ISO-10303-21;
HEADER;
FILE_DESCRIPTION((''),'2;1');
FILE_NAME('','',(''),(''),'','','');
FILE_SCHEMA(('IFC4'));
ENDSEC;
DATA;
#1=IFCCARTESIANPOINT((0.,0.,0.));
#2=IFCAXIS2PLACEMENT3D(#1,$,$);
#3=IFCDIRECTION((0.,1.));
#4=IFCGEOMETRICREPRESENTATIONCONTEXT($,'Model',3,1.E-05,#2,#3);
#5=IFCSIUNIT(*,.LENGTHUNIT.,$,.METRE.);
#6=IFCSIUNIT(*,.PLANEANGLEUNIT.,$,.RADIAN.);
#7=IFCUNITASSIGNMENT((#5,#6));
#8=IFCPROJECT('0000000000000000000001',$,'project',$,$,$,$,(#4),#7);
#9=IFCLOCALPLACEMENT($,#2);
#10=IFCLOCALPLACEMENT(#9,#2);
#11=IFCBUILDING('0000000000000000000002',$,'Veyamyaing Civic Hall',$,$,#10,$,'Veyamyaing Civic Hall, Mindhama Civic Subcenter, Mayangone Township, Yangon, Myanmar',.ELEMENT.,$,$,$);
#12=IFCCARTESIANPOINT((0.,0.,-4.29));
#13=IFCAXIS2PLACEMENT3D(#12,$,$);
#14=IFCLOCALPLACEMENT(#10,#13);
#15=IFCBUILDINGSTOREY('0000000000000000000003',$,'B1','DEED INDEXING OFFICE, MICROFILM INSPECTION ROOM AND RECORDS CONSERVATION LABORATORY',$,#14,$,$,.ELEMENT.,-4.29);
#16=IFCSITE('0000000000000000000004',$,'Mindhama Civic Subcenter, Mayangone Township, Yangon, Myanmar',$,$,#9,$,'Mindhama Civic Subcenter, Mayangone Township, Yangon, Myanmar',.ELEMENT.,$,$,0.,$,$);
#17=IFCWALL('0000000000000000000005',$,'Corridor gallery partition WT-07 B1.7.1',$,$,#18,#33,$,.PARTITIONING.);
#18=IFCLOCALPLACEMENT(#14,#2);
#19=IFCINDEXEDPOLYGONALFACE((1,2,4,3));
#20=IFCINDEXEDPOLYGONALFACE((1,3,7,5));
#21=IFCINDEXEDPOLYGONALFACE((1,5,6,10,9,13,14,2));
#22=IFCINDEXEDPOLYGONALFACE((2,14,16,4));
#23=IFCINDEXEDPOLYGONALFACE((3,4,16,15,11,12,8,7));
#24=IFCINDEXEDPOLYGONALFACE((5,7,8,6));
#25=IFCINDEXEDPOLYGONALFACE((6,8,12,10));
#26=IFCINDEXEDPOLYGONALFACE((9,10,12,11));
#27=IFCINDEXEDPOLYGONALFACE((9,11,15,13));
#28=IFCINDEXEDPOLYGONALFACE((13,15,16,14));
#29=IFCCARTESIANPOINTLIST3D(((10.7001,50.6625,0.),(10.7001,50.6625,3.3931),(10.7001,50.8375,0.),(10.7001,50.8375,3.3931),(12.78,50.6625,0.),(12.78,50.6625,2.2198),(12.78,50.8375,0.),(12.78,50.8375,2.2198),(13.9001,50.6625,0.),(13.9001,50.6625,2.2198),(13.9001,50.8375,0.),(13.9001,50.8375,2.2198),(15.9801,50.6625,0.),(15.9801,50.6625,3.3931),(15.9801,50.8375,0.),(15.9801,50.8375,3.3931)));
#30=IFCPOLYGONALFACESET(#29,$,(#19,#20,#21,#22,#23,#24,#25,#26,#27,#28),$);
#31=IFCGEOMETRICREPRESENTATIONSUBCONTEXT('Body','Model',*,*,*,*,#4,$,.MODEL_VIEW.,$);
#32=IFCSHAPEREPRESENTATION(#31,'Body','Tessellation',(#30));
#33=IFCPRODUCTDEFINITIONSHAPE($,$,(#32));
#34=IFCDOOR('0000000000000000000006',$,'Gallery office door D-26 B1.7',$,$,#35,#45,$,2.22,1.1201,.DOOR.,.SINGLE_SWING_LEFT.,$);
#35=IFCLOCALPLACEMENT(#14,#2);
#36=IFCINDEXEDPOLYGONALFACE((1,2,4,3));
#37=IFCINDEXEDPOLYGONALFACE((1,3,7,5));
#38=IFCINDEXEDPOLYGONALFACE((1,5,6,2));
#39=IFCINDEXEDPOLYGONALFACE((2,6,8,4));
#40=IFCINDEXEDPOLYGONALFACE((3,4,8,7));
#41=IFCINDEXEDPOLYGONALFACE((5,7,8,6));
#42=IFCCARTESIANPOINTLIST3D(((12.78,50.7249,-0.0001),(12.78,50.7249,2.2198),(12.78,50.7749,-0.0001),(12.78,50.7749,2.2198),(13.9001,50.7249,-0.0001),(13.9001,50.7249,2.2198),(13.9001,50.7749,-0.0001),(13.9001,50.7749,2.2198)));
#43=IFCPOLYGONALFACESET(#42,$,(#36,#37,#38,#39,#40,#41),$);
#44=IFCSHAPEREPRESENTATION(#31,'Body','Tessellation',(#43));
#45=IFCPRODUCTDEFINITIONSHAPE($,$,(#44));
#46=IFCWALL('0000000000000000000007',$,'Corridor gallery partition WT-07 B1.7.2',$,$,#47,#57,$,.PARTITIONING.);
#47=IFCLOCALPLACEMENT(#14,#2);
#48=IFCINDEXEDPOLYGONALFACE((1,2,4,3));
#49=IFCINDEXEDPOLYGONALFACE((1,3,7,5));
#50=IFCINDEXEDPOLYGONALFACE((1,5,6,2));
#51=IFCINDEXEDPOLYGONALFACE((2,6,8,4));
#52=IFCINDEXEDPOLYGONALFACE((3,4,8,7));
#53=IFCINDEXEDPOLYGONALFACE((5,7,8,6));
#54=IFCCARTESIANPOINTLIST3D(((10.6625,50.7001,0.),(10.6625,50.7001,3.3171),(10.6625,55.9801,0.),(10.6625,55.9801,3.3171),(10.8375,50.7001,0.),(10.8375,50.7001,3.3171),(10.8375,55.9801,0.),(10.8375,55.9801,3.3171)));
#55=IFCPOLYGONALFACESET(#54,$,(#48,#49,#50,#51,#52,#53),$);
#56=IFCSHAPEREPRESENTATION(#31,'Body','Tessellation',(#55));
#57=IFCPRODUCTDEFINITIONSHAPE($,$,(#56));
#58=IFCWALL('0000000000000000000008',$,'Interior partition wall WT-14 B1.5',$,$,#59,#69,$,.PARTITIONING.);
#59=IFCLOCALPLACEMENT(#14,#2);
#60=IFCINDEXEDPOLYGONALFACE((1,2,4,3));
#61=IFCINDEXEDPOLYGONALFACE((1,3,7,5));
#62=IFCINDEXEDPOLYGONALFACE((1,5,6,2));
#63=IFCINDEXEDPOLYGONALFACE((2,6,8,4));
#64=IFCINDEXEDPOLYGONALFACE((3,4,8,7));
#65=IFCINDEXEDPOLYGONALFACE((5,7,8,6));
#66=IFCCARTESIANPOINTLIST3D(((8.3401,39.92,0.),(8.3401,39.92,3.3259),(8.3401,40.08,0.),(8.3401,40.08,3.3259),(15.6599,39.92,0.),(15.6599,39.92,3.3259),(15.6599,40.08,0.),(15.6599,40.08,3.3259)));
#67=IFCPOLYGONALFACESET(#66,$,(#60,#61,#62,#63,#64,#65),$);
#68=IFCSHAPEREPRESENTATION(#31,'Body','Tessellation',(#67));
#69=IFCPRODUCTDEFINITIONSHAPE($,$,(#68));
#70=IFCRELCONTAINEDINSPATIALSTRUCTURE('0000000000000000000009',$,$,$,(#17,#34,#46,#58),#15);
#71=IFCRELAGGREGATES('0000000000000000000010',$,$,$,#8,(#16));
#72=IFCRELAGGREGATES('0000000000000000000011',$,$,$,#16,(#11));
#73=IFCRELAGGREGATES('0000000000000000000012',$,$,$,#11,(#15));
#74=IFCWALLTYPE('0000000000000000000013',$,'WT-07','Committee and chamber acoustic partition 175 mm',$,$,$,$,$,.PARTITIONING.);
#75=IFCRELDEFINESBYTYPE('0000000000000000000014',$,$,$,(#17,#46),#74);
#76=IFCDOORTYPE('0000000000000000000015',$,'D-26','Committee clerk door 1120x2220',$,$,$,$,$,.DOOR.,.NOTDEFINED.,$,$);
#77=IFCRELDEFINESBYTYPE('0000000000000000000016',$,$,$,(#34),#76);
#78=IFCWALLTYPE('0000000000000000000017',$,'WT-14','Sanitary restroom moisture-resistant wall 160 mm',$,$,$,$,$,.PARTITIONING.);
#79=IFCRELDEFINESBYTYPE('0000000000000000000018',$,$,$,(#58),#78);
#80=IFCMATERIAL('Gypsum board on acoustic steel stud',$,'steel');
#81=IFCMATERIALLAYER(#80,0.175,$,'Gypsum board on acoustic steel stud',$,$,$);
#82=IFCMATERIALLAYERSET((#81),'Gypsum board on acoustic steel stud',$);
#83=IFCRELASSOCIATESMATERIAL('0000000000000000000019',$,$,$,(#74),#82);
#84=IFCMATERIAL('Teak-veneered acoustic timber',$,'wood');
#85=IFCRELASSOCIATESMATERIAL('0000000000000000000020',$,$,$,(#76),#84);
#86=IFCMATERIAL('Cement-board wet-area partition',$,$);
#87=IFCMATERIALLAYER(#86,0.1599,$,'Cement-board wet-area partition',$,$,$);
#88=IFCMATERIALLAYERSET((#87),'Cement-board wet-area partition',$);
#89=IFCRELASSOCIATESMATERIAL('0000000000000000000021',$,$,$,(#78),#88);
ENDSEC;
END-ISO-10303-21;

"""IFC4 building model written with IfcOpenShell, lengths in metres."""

from ifc_helpers import new_model, si_unit, direction, frame, frame_2d, origin, place, context, subcontext, project, spatial, rectangle, extrude, material, layer, layer_set, type_object, element, fill, save


model = new_model("IFC4")

# Units and contexts
model_context = context("Model", 3, precision=1e-05, world=origin(), true_north=direction((0.0, 1.0)))
body_context = subcontext(model_context, "Body", "Model", "MODEL_VIEW")
ifc_project = project(units=[si_unit("LENGTHUNIT", "METRE"), si_unit("PLANEANGLEUNIT", "RADIAN")], contexts=[model_context])

# Site, building, storey
site_placement = place(None, origin())
site = spatial("IfcSite", under=ifc_project, at=site_placement, Name="Mindhama Civic Subcenter, Mayangone Township, Yangon, Myanmar", LongName="Mindhama Civic Subcenter, Mayangone Township, Yangon, Myanmar", CompositionType="ELEMENT", RefElevation=0.0)
building_placement = place(site_placement, origin())
building = spatial("IfcBuilding", under=site, at=building_placement, Name="Veyamyaing Civic Hall", LongName="Veyamyaing Civic Hall, Mindhama Civic Subcenter, Mayangone Township, Yangon, Myanmar", CompositionType="ELEMENT")
storey_placement = place(building_placement, frame((0.0, 0.0, -4.29)))
storey = spatial("IfcBuildingStorey", under=building, at=storey_placement, Name="B1", Description="DEED INDEXING OFFICE, MICROFILM INSPECTION ROOM AND RECORDS CONSERVATION LABORATORY", CompositionType="ELEMENT", Elevation=-4.29)

# Wall, opening, door
ifc_material_1 = material(Name="Gypsum board on acoustic steel stud", Category="steel")
ifc_layer_1 = layer(ifc_material_1, 0.175, Name="Gypsum board on acoustic steel stud")
ifc_layer_set_1 = layer_set([ifc_layer_1], Name="Gypsum board on acoustic steel stud")
wall_type_1 = type_object("IfcWallType", Name="WT-07", Description="Committee and chamber acoustic partition 175 mm", PredefinedType="PARTITIONING", material=ifc_layer_set_1)
wall_1_placement = place(storey_placement, frame((10.7, 50.75, 0.0), z_axis=(0.0, 0.0, 1.0), x_axis=(1.0, 0.0, 0.0)))
wall_1 = element("IfcWall", 1, at=wall_1_placement, inside=storey, type_object=wall_type_1, Name="Corridor gallery partition WT-07 B1.7.1", PredefinedType="PARTITIONING", context=body_context, shape_type="SweptSolid", body=[
    extrude(rectangle(XDim=5.28, YDim=0.175, at=frame_2d((2.6401, 0.0))), origin(), (0.0, 0.0, 1.0), 3.3931),
])
opening_1_placement = place(wall_1_placement, frame((2.0801, 0.0, 0.0)))
opening_1 = element("IfcOpeningElement", 2, at=opening_1_placement, cuts=wall_1, PredefinedType="OPENING", context=body_context, shape_type="SweptSolid", body=[
    extrude(rectangle(XDim=1.1201, YDim=2.22, at=frame_2d((0.5601, 1.1099))), frame((0.0, 0.0974, 0.0), z_axis=(0.0, -1.0, 0.0), x_axis=(1.0, 0.0, 0.0)), (0.0, 0.0, 1.0), 0.1951),
])
ifc_material_2 = material(Name="Teak-veneered acoustic timber", Category="wood")
door_type_1 = type_object("IfcDoorType", Name="D-26", Description="Committee clerk door 1120x2220", OperationType="NOTDEFINED", PredefinedType="DOOR", material=ifc_material_2)
door_1_placement = place(opening_1_placement, origin())
door_1 = element("IfcDoor", 3, at=door_1_placement, inside=storey, type_object=door_type_1, Name="Gallery office door D-26 B1.7", OperationType="SINGLE_SWING_LEFT", OverallHeight=2.22, OverallWidth=1.1201, PredefinedType="DOOR", context=body_context, shape_type="SweptSolid", body=[
    extrude(rectangle(XDim=1.1201, YDim=2.22, at=frame_2d((0.5601, 1.1099))), frame((0.0, 0.0249, 0.0), z_axis=(0.0, -1.0, 0.0), x_axis=(1.0, 0.0, 0.0)), (0.0, 0.0, 1.0), 0.05),
])
fill(opening_1, door_1)

# Walls
wall_2_placement = place(storey_placement, frame((10.75, 50.7, 0.0), z_axis=(0.0, 0.0, 1.0), x_axis=(0.0, 1.0, 0.0)))
element("IfcWall", 4, at=wall_2_placement, inside=storey, type_object=wall_type_1, Name="Corridor gallery partition WT-07 B1.7.2", PredefinedType="PARTITIONING", context=body_context, shape_type="SweptSolid", body=[
    extrude(rectangle(XDim=5.28, YDim=0.175, at=frame_2d((2.6401, 0.0))), origin(), (0.0, 0.0, 1.0), 3.3171),
])
ifc_material_3 = material(Name="Cement-board wet-area partition")
ifc_layer_2 = layer(ifc_material_3, 0.1599, Name="Cement-board wet-area partition")
ifc_layer_set_2 = layer_set([ifc_layer_2], Name="Cement-board wet-area partition")
wall_type_2 = type_object("IfcWallType", Name="WT-14", Description="Sanitary restroom moisture-resistant wall 160 mm", PredefinedType="PARTITIONING", material=ifc_layer_set_2)
wall_3_placement = place(storey_placement, frame((8.3401, 40.0, 0.0), z_axis=(0.0, 0.0, 1.0), x_axis=(1.0, 0.0, 0.0)))
element("IfcWall", 5, at=wall_3_placement, inside=storey, type_object=wall_type_2, Name="Interior partition wall WT-14 B1.5", PredefinedType="PARTITIONING", context=body_context, shape_type="SweptSolid", body=[
    extrude(rectangle(XDim=7.3198, YDim=0.1599, at=frame_2d((3.6599, 0.0))), origin(), (0.0, 0.0, 1.0), 3.3259),
])

save(model, "model.ifc")
